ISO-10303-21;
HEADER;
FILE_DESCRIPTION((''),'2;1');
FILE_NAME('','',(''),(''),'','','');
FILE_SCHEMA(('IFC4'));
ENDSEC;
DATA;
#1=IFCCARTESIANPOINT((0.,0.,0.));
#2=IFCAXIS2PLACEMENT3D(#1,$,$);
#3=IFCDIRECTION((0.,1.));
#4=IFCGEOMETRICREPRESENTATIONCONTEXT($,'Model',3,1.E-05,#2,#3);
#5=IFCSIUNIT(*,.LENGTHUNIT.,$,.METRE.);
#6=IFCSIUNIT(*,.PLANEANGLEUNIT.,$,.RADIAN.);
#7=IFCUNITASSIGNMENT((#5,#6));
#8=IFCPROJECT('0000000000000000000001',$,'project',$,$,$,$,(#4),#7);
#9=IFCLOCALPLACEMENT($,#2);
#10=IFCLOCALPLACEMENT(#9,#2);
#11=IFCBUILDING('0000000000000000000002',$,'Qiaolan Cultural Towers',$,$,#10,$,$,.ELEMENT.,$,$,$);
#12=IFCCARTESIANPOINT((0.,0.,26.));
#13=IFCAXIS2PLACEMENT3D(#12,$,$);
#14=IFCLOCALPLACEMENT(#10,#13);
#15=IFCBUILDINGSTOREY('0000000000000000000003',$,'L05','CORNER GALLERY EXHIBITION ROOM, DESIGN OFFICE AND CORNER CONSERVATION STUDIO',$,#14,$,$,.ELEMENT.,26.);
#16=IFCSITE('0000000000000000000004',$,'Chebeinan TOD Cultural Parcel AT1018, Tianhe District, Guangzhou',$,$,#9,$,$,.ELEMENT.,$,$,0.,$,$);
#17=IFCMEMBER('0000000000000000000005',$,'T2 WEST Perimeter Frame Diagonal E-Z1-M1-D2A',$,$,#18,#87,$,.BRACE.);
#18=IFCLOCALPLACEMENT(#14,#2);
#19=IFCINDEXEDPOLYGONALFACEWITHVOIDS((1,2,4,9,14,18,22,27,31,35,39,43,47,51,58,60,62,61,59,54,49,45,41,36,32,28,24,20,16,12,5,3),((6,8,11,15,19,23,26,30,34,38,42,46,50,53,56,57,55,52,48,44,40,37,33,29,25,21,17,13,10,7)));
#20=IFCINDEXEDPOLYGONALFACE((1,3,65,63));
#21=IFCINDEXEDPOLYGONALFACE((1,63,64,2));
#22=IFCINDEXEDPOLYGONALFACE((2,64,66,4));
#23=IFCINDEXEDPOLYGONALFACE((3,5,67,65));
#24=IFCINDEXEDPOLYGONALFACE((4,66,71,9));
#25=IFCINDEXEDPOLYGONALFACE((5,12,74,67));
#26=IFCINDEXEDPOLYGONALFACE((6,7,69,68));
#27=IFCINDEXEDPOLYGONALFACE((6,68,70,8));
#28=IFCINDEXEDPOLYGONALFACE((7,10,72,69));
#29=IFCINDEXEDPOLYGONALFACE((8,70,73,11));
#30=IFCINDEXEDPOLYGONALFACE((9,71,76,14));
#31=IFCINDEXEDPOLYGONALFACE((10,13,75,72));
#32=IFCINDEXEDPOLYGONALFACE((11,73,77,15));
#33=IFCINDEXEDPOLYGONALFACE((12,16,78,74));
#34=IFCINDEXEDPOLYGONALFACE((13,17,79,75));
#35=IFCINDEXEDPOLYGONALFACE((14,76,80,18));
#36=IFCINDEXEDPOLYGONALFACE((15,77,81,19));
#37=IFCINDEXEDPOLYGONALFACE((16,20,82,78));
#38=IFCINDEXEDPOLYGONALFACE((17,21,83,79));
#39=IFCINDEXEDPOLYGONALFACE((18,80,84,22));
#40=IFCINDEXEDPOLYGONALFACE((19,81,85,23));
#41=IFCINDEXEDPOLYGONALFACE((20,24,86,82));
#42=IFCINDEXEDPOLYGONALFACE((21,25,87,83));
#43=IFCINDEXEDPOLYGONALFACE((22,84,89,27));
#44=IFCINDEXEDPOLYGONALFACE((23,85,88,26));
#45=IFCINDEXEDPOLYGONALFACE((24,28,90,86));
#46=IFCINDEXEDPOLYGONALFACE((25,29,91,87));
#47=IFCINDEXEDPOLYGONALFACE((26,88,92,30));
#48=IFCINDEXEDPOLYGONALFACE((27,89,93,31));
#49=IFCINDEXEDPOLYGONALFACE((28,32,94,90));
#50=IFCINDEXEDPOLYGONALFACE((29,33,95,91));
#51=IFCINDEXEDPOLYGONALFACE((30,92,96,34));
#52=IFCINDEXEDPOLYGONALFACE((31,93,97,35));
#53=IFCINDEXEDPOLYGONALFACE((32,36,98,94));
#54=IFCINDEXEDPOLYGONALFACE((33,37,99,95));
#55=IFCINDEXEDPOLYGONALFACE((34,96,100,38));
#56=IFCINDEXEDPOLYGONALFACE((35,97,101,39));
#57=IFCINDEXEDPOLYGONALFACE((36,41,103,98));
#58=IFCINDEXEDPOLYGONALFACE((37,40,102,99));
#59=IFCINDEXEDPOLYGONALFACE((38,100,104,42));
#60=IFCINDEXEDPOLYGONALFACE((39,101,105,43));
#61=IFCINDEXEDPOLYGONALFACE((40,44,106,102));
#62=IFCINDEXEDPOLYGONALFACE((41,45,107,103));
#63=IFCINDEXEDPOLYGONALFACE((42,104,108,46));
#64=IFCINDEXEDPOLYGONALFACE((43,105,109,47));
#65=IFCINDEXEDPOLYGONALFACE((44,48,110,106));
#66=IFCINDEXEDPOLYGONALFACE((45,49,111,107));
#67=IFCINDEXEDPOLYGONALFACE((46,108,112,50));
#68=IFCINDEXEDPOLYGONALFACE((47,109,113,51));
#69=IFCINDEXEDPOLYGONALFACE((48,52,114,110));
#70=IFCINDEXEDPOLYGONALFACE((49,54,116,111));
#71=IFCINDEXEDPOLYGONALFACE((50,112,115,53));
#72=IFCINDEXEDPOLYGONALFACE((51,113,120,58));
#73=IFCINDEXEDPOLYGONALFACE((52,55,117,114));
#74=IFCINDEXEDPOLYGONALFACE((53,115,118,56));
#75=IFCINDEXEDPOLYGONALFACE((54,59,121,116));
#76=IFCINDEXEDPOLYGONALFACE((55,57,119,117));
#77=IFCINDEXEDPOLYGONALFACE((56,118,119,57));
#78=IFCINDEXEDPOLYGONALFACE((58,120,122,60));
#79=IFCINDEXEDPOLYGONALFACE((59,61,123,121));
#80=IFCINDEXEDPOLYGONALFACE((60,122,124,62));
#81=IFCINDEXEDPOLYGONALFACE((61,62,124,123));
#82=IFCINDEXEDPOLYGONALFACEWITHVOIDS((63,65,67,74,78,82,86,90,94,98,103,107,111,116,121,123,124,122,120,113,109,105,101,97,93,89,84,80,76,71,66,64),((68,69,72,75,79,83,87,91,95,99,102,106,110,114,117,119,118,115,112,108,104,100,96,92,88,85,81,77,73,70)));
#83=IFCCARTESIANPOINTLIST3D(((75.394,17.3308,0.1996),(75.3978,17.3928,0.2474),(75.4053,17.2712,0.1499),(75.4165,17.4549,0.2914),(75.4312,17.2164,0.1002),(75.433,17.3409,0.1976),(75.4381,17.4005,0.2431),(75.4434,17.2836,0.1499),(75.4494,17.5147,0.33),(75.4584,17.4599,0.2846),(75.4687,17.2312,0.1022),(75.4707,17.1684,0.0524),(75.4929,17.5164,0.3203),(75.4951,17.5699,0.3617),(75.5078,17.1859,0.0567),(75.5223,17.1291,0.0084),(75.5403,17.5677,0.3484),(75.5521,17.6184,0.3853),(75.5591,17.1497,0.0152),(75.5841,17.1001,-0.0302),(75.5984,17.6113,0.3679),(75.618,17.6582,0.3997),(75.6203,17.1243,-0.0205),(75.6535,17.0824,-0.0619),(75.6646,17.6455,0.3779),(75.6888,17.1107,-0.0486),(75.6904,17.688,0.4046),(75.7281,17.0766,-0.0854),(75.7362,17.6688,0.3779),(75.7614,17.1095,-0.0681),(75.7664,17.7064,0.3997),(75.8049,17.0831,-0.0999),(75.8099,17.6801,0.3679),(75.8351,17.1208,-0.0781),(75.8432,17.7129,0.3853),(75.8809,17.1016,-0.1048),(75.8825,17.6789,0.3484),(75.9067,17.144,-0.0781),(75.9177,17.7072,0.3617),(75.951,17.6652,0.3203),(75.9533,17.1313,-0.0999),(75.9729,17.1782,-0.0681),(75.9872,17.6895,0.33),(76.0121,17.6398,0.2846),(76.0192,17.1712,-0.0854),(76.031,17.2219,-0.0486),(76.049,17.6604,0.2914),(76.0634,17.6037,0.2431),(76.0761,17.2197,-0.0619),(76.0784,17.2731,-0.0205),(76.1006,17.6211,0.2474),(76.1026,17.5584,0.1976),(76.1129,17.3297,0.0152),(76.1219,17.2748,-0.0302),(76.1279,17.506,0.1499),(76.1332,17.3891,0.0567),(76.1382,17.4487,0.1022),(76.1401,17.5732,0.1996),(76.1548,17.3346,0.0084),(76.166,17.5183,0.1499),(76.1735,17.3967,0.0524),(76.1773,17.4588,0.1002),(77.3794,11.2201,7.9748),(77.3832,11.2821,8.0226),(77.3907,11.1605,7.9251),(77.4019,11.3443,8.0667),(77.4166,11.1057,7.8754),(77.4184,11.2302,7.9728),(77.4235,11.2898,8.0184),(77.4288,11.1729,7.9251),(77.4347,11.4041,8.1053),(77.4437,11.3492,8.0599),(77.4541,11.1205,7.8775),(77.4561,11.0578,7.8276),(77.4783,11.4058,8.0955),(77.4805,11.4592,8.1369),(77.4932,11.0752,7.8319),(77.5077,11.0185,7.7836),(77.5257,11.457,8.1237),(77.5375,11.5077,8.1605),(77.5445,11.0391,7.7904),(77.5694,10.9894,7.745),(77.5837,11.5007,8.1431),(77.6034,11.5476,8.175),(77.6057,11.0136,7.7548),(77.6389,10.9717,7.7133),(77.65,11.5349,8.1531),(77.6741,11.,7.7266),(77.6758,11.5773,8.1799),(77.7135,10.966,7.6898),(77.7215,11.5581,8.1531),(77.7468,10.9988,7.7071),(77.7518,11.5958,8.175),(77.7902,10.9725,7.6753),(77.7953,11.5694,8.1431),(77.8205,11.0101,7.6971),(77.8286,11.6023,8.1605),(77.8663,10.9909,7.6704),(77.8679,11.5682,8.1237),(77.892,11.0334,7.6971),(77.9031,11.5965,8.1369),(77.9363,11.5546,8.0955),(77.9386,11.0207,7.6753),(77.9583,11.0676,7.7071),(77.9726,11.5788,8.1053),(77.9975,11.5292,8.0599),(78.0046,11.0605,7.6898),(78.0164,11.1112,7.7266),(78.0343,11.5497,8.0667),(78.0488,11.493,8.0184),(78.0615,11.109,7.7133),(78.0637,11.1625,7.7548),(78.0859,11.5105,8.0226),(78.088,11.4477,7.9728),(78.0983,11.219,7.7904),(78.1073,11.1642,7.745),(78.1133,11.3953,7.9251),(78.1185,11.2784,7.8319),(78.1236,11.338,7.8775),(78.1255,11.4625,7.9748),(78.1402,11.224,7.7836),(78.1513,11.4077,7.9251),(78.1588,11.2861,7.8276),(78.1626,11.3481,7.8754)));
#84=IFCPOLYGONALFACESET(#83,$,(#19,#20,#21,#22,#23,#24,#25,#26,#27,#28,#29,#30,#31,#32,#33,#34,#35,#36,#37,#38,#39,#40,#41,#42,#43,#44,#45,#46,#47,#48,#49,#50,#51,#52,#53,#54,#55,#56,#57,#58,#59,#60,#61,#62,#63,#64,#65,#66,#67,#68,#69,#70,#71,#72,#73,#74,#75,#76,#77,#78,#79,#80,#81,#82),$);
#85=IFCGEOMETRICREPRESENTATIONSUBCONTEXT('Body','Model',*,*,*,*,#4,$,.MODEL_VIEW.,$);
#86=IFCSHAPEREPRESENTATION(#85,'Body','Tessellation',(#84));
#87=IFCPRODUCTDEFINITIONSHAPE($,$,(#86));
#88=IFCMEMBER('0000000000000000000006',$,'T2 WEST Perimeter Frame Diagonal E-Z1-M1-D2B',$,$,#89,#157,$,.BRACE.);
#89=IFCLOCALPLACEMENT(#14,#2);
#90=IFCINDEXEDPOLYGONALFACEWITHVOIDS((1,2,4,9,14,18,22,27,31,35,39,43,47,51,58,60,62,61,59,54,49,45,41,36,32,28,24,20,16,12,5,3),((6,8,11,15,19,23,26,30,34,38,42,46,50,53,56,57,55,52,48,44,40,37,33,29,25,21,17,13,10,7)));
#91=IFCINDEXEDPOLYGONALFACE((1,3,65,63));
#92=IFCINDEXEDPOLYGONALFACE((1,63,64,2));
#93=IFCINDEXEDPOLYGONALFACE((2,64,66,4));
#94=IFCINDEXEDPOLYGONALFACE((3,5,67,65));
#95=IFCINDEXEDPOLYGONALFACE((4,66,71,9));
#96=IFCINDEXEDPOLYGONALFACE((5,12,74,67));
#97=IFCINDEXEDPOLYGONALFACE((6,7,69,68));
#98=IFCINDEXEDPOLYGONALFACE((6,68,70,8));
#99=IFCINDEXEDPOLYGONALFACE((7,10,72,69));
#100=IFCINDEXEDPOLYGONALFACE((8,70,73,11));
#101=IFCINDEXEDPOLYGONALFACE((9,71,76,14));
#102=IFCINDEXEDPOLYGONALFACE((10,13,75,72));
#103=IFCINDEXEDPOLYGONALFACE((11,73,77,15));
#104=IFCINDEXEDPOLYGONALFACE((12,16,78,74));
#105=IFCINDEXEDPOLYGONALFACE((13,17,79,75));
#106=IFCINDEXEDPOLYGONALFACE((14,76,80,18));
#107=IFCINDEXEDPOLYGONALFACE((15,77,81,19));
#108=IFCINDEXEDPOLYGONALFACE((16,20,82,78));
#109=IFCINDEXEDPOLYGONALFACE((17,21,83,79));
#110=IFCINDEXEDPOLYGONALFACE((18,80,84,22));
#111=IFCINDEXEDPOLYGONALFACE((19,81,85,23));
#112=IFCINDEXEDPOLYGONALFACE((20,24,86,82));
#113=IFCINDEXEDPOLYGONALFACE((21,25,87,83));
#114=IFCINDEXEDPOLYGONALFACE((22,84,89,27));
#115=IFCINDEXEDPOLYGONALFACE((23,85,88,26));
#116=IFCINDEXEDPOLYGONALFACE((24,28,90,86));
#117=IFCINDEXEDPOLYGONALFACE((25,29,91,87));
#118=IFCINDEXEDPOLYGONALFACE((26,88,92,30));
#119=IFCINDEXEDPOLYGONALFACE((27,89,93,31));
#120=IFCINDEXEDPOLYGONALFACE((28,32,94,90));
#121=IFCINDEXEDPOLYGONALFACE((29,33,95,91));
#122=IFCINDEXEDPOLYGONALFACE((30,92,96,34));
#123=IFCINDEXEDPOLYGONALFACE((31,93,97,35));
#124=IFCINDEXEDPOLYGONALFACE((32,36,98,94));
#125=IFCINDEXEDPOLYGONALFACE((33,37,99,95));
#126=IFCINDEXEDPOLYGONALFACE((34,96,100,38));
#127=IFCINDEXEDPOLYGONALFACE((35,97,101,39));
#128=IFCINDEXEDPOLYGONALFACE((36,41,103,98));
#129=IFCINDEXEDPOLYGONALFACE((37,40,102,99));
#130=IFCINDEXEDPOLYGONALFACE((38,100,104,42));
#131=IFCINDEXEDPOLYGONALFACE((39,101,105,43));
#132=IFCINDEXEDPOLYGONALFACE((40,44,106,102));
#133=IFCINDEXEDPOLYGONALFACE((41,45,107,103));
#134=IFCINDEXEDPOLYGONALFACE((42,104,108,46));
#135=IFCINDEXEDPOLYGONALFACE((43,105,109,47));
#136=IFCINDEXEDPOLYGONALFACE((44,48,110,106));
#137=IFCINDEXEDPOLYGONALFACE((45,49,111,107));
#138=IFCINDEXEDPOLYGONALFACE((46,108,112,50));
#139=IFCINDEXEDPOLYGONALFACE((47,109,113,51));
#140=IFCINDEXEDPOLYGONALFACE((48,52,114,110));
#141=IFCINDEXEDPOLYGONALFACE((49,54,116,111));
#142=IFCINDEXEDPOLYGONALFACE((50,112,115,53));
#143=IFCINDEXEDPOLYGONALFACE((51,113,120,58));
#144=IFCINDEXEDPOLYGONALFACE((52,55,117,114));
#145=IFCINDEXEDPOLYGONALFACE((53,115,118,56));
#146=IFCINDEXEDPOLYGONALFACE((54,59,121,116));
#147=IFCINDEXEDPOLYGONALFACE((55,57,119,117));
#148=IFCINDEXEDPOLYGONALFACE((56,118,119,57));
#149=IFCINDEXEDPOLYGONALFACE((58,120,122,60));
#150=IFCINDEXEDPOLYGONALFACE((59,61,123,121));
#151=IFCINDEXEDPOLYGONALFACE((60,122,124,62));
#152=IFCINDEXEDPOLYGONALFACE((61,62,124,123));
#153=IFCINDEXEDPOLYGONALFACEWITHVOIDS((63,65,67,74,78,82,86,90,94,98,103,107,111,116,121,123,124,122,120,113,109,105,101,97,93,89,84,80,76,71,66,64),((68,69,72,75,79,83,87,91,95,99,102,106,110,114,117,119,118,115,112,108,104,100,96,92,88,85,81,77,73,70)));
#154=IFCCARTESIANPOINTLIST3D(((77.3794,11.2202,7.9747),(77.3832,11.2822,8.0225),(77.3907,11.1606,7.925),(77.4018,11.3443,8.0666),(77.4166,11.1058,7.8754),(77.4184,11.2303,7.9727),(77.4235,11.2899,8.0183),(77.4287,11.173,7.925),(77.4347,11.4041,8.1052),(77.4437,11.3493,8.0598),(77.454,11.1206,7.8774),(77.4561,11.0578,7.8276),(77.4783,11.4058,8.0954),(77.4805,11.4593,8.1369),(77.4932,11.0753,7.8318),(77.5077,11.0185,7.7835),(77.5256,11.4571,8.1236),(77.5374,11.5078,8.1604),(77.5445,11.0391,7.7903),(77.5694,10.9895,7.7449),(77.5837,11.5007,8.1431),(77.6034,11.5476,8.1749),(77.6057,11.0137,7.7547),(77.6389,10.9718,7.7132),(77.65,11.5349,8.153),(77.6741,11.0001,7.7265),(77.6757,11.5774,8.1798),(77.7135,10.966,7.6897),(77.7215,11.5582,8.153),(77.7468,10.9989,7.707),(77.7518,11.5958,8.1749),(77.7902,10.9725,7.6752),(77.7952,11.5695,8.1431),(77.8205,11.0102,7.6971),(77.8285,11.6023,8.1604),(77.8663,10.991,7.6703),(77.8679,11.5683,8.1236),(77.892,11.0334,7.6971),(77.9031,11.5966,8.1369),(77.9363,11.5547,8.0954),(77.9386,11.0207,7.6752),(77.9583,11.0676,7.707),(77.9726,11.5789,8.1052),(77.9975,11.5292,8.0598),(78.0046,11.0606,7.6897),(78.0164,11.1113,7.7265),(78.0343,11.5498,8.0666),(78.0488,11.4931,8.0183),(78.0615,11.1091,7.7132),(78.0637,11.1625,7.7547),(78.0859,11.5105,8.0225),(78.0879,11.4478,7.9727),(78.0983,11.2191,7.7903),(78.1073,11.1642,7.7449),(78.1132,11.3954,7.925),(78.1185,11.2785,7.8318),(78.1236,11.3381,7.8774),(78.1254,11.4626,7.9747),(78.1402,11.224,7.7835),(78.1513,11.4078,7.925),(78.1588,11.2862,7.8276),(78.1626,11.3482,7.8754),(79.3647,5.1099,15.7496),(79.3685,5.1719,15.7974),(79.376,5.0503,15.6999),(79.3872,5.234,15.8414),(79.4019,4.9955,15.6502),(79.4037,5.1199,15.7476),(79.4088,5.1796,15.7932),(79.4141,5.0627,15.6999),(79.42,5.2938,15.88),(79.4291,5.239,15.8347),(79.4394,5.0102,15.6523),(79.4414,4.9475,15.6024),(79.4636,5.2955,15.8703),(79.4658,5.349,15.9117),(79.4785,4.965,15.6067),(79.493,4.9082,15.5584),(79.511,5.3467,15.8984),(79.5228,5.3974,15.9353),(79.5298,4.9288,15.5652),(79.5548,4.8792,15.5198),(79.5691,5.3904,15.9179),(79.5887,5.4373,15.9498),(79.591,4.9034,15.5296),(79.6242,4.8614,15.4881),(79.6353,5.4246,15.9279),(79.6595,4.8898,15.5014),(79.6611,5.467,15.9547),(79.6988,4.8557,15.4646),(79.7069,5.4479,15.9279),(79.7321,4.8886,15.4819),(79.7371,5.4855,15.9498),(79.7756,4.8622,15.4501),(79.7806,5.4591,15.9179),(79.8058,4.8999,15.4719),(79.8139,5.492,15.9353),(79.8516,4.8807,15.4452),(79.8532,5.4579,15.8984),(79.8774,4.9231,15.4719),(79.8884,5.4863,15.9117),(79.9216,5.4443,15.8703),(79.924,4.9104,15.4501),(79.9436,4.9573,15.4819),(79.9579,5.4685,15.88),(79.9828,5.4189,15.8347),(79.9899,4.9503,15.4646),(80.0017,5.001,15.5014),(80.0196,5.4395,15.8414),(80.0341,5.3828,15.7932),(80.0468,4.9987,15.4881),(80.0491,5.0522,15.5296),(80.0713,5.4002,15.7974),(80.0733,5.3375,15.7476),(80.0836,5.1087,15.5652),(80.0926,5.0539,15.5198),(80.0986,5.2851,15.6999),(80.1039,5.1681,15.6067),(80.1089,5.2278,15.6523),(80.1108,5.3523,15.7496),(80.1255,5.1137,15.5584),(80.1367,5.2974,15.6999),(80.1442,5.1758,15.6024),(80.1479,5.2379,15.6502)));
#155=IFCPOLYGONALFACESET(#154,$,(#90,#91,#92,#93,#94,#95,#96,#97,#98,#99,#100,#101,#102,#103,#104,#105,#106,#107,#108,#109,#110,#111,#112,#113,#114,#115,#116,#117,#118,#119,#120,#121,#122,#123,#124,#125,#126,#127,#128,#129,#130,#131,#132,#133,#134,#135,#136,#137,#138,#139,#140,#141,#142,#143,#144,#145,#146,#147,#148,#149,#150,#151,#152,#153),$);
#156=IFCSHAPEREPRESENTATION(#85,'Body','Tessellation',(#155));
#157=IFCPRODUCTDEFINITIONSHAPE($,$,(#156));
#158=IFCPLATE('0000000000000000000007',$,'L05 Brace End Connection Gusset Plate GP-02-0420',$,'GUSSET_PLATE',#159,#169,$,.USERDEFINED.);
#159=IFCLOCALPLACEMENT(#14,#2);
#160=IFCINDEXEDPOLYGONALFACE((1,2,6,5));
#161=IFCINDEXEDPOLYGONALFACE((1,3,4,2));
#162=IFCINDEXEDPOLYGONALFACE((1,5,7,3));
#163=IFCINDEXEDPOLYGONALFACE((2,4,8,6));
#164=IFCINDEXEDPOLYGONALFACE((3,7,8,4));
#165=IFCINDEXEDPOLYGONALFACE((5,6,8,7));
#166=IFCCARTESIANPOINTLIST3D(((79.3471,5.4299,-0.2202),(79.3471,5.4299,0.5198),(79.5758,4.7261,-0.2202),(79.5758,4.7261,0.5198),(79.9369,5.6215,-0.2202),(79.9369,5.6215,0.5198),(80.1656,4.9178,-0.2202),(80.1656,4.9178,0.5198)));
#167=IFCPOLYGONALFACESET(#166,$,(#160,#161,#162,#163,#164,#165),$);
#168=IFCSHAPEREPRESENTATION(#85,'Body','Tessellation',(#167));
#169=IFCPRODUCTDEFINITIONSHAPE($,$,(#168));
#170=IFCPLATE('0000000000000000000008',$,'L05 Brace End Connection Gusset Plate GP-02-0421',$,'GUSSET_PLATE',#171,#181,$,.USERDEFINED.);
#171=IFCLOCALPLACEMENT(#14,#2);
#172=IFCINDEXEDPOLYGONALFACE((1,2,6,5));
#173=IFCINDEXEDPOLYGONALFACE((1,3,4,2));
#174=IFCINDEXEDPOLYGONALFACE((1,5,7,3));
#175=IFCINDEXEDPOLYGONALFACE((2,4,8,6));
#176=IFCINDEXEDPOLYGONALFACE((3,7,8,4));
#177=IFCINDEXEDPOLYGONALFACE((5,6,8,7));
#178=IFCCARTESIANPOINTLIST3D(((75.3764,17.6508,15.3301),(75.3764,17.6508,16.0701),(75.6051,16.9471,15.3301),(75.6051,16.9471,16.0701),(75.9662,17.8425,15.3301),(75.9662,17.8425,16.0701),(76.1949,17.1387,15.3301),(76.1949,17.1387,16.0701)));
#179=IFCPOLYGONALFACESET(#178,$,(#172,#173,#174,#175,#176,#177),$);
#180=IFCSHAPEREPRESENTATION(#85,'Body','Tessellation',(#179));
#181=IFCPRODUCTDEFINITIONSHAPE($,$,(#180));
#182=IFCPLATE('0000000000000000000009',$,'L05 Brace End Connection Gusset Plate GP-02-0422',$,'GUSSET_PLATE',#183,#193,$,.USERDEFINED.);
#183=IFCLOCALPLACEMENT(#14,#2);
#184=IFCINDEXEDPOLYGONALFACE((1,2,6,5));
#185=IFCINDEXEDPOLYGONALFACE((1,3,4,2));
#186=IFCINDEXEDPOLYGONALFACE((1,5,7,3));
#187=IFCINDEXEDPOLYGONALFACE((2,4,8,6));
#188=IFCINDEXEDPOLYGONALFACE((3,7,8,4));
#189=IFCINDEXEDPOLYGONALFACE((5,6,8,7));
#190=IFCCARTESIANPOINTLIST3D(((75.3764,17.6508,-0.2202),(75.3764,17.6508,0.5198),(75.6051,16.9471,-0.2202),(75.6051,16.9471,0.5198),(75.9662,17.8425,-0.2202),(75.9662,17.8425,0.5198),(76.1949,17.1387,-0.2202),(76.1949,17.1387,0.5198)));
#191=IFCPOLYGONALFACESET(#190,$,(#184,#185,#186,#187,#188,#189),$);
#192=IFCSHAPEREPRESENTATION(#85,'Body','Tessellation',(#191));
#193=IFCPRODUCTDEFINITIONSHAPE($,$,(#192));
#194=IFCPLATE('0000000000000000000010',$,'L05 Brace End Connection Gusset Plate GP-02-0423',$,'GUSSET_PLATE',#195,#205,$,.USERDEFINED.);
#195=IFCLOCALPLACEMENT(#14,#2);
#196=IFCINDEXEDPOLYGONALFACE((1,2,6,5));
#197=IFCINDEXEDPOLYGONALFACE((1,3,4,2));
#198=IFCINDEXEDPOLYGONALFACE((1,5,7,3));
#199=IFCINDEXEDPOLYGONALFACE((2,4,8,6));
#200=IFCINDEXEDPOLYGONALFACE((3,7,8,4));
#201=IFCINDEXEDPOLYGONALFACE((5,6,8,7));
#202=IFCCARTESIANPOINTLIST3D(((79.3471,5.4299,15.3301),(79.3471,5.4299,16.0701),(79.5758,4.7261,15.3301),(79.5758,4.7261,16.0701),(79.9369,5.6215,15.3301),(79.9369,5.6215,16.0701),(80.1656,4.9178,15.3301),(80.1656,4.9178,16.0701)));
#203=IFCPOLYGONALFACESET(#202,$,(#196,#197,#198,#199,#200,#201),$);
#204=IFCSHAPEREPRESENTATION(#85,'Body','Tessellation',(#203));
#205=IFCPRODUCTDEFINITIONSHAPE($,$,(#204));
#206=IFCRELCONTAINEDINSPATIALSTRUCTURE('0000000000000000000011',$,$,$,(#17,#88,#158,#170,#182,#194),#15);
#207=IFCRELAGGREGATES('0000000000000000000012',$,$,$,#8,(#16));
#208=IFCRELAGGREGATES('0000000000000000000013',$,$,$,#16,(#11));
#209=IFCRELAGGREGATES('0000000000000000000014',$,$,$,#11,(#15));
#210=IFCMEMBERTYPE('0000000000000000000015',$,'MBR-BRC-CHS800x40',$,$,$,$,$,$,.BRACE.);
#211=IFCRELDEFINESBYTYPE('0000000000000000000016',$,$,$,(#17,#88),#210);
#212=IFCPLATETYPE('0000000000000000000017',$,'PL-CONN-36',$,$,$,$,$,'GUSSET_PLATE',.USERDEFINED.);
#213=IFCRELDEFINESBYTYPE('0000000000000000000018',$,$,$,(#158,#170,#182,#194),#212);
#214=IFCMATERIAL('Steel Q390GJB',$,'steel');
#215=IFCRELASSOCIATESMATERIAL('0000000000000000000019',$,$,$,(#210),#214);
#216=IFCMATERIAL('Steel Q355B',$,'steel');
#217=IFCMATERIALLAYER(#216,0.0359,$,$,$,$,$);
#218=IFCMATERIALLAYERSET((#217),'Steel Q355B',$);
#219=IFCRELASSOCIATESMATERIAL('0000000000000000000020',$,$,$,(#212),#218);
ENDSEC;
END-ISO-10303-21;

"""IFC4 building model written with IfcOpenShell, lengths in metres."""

from ifc_helpers import new_model, si_unit, direction, frame, origin, origin_2d, place, context, subcontext, project, spatial, rectangle, hollow_circle, extrude, material, layer, layer_set, material_profile, profile_set, type_object, element, save


model = new_model("IFC4")

# Units and contexts
model_context = context("Model", 3, precision=1e-05, world=origin(), true_north=direction((0.0, 1.0)))
body_context = subcontext(model_context, "Body", "Model", "MODEL_VIEW")
ifc_project = project(units=[si_unit("LENGTHUNIT", "METRE"), si_unit("PLANEANGLEUNIT", "RADIAN")], contexts=[model_context])

# Site, building, storey
site_placement = place(None, origin())
site = spatial("IfcSite", under=ifc_project, at=site_placement, Name="Chebeinan TOD Cultural Parcel AT1018, Tianhe District, Guangzhou", CompositionType="ELEMENT", RefElevation=0.0)
building_placement = place(site_placement, origin())
building = spatial("IfcBuilding", under=site, at=building_placement, Name="Qiaolan Cultural Towers", CompositionType="ELEMENT")
storey_placement = place(building_placement, frame((0.0, 0.0, 26.0)))
storey = spatial("IfcBuildingStorey", under=building, at=storey_placement, Name="L05", Description="CORNER GALLERY EXHIBITION ROOM, DESIGN OFFICE AND CORNER CONSERVATION STUDIO", CompositionType="ELEMENT", Elevation=26.0)

# Members
ifc_material_1 = material(Name="Steel Q390GJB", Category="steel")
ifc_material_profile_1 = material_profile(ifc_material_1, hollow_circle(Radius=0.3999, WallThickness=0.04, at=origin_2d()), Name="CHS800x40")
ifc_profile_set_1 = profile_set([ifc_material_profile_1], Name="Steel Q390GJB")
member_type = type_object("IfcMemberType", Name="MBR-BRC-CHS800x40", PredefinedType="BRACE", material=ifc_profile_set_1)
member_1_placement = place(storey_placement, frame((75.7856, 17.3948, 0.1499), z_axis=(0.196836, -0.60583, 0.77086), x_axis=(0.951061, 0.309003, 0.0)))
element("IfcMember", 1, at=member_1_placement, inside=storey, type_object=member_type, Name="T2 WEST Perimeter Frame Diagonal E-Z1-M1-D2A", PredefinedType="BRACE", context=body_context, shape_type="SweptSolid", body=[
    extrude(hollow_circle(Radius=0.3999, WallThickness=0.04, at=origin_2d()), origin(), (0.0, 0.0, 1.0), 10.0864),
])
member_2_placement = place(storey_placement, frame((77.771, 11.2842, 7.925), z_axis=(0.196843, -0.605826, 0.770862), x_axis=(0.951058, 0.309014, 0.0)))
element("IfcMember", 2, at=member_2_placement, inside=storey, type_object=member_type, Name="T2 WEST Perimeter Frame Diagonal E-Z1-M1-D2B", PredefinedType="BRACE", context=body_context, shape_type="SweptSolid", body=[
    extrude(hollow_circle(Radius=0.3999, WallThickness=0.04, at=origin_2d()), origin(), (0.0, 0.0, 1.0), 10.0859),
])

# Plates
ifc_material_2 = material(Name="Steel Q355B", Category="steel")
ifc_layer_1 = layer(ifc_material_2, 0.0359)
ifc_layer_set_1 = layer_set([ifc_layer_1], Name="Steel Q355B")
plate_type_1 = type_object("IfcPlateType", Name="PL-CONN-36", ElementType="GUSSET_PLATE", PredefinedType="USERDEFINED", material=ifc_layer_set_1)
for number, where, z_axis, x_axis, name in (
    (3, (79.7563, 5.1738, -0.2202), (0.0, 0.0, 1.0), (-0.309017, 0.951057, 0.0), "L05 Brace End Connection Gusset Plate GP-02-0420"),
    (4, (75.7856, 17.3948, 15.3301), (0.0, 0.0, 1.0), (-0.309017, 0.951057, 0.0), "L05 Brace End Connection Gusset Plate GP-02-0421"),
    (5, (75.7856, 17.3948, -0.2202), (0.0, 0.0, 1.0), (-0.309017, 0.951057, 0.0), "L05 Brace End Connection Gusset Plate GP-02-0422"),
    (6, (79.7563, 5.1738, 15.3301), (0.0, 0.0, 1.0), (-0.309017, 0.951057, 0.0), "L05 Brace End Connection Gusset Plate GP-02-0423"),
):
    element("IfcPlate", number, at=place(storey_placement, frame(where, z_axis=z_axis, x_axis=x_axis)), inside=storey, type_object=plate_type_1, Name=name, ObjectType="GUSSET_PLATE", PredefinedType="USERDEFINED", context=body_context, shape_type="SweptSolid", body=[
        extrude(rectangle(XDim=0.74, YDim=0.6201, at=origin_2d()), origin(), (0.0, 0.0, 1.0), 0.74),
    ])

save(model, "model.ifc")
